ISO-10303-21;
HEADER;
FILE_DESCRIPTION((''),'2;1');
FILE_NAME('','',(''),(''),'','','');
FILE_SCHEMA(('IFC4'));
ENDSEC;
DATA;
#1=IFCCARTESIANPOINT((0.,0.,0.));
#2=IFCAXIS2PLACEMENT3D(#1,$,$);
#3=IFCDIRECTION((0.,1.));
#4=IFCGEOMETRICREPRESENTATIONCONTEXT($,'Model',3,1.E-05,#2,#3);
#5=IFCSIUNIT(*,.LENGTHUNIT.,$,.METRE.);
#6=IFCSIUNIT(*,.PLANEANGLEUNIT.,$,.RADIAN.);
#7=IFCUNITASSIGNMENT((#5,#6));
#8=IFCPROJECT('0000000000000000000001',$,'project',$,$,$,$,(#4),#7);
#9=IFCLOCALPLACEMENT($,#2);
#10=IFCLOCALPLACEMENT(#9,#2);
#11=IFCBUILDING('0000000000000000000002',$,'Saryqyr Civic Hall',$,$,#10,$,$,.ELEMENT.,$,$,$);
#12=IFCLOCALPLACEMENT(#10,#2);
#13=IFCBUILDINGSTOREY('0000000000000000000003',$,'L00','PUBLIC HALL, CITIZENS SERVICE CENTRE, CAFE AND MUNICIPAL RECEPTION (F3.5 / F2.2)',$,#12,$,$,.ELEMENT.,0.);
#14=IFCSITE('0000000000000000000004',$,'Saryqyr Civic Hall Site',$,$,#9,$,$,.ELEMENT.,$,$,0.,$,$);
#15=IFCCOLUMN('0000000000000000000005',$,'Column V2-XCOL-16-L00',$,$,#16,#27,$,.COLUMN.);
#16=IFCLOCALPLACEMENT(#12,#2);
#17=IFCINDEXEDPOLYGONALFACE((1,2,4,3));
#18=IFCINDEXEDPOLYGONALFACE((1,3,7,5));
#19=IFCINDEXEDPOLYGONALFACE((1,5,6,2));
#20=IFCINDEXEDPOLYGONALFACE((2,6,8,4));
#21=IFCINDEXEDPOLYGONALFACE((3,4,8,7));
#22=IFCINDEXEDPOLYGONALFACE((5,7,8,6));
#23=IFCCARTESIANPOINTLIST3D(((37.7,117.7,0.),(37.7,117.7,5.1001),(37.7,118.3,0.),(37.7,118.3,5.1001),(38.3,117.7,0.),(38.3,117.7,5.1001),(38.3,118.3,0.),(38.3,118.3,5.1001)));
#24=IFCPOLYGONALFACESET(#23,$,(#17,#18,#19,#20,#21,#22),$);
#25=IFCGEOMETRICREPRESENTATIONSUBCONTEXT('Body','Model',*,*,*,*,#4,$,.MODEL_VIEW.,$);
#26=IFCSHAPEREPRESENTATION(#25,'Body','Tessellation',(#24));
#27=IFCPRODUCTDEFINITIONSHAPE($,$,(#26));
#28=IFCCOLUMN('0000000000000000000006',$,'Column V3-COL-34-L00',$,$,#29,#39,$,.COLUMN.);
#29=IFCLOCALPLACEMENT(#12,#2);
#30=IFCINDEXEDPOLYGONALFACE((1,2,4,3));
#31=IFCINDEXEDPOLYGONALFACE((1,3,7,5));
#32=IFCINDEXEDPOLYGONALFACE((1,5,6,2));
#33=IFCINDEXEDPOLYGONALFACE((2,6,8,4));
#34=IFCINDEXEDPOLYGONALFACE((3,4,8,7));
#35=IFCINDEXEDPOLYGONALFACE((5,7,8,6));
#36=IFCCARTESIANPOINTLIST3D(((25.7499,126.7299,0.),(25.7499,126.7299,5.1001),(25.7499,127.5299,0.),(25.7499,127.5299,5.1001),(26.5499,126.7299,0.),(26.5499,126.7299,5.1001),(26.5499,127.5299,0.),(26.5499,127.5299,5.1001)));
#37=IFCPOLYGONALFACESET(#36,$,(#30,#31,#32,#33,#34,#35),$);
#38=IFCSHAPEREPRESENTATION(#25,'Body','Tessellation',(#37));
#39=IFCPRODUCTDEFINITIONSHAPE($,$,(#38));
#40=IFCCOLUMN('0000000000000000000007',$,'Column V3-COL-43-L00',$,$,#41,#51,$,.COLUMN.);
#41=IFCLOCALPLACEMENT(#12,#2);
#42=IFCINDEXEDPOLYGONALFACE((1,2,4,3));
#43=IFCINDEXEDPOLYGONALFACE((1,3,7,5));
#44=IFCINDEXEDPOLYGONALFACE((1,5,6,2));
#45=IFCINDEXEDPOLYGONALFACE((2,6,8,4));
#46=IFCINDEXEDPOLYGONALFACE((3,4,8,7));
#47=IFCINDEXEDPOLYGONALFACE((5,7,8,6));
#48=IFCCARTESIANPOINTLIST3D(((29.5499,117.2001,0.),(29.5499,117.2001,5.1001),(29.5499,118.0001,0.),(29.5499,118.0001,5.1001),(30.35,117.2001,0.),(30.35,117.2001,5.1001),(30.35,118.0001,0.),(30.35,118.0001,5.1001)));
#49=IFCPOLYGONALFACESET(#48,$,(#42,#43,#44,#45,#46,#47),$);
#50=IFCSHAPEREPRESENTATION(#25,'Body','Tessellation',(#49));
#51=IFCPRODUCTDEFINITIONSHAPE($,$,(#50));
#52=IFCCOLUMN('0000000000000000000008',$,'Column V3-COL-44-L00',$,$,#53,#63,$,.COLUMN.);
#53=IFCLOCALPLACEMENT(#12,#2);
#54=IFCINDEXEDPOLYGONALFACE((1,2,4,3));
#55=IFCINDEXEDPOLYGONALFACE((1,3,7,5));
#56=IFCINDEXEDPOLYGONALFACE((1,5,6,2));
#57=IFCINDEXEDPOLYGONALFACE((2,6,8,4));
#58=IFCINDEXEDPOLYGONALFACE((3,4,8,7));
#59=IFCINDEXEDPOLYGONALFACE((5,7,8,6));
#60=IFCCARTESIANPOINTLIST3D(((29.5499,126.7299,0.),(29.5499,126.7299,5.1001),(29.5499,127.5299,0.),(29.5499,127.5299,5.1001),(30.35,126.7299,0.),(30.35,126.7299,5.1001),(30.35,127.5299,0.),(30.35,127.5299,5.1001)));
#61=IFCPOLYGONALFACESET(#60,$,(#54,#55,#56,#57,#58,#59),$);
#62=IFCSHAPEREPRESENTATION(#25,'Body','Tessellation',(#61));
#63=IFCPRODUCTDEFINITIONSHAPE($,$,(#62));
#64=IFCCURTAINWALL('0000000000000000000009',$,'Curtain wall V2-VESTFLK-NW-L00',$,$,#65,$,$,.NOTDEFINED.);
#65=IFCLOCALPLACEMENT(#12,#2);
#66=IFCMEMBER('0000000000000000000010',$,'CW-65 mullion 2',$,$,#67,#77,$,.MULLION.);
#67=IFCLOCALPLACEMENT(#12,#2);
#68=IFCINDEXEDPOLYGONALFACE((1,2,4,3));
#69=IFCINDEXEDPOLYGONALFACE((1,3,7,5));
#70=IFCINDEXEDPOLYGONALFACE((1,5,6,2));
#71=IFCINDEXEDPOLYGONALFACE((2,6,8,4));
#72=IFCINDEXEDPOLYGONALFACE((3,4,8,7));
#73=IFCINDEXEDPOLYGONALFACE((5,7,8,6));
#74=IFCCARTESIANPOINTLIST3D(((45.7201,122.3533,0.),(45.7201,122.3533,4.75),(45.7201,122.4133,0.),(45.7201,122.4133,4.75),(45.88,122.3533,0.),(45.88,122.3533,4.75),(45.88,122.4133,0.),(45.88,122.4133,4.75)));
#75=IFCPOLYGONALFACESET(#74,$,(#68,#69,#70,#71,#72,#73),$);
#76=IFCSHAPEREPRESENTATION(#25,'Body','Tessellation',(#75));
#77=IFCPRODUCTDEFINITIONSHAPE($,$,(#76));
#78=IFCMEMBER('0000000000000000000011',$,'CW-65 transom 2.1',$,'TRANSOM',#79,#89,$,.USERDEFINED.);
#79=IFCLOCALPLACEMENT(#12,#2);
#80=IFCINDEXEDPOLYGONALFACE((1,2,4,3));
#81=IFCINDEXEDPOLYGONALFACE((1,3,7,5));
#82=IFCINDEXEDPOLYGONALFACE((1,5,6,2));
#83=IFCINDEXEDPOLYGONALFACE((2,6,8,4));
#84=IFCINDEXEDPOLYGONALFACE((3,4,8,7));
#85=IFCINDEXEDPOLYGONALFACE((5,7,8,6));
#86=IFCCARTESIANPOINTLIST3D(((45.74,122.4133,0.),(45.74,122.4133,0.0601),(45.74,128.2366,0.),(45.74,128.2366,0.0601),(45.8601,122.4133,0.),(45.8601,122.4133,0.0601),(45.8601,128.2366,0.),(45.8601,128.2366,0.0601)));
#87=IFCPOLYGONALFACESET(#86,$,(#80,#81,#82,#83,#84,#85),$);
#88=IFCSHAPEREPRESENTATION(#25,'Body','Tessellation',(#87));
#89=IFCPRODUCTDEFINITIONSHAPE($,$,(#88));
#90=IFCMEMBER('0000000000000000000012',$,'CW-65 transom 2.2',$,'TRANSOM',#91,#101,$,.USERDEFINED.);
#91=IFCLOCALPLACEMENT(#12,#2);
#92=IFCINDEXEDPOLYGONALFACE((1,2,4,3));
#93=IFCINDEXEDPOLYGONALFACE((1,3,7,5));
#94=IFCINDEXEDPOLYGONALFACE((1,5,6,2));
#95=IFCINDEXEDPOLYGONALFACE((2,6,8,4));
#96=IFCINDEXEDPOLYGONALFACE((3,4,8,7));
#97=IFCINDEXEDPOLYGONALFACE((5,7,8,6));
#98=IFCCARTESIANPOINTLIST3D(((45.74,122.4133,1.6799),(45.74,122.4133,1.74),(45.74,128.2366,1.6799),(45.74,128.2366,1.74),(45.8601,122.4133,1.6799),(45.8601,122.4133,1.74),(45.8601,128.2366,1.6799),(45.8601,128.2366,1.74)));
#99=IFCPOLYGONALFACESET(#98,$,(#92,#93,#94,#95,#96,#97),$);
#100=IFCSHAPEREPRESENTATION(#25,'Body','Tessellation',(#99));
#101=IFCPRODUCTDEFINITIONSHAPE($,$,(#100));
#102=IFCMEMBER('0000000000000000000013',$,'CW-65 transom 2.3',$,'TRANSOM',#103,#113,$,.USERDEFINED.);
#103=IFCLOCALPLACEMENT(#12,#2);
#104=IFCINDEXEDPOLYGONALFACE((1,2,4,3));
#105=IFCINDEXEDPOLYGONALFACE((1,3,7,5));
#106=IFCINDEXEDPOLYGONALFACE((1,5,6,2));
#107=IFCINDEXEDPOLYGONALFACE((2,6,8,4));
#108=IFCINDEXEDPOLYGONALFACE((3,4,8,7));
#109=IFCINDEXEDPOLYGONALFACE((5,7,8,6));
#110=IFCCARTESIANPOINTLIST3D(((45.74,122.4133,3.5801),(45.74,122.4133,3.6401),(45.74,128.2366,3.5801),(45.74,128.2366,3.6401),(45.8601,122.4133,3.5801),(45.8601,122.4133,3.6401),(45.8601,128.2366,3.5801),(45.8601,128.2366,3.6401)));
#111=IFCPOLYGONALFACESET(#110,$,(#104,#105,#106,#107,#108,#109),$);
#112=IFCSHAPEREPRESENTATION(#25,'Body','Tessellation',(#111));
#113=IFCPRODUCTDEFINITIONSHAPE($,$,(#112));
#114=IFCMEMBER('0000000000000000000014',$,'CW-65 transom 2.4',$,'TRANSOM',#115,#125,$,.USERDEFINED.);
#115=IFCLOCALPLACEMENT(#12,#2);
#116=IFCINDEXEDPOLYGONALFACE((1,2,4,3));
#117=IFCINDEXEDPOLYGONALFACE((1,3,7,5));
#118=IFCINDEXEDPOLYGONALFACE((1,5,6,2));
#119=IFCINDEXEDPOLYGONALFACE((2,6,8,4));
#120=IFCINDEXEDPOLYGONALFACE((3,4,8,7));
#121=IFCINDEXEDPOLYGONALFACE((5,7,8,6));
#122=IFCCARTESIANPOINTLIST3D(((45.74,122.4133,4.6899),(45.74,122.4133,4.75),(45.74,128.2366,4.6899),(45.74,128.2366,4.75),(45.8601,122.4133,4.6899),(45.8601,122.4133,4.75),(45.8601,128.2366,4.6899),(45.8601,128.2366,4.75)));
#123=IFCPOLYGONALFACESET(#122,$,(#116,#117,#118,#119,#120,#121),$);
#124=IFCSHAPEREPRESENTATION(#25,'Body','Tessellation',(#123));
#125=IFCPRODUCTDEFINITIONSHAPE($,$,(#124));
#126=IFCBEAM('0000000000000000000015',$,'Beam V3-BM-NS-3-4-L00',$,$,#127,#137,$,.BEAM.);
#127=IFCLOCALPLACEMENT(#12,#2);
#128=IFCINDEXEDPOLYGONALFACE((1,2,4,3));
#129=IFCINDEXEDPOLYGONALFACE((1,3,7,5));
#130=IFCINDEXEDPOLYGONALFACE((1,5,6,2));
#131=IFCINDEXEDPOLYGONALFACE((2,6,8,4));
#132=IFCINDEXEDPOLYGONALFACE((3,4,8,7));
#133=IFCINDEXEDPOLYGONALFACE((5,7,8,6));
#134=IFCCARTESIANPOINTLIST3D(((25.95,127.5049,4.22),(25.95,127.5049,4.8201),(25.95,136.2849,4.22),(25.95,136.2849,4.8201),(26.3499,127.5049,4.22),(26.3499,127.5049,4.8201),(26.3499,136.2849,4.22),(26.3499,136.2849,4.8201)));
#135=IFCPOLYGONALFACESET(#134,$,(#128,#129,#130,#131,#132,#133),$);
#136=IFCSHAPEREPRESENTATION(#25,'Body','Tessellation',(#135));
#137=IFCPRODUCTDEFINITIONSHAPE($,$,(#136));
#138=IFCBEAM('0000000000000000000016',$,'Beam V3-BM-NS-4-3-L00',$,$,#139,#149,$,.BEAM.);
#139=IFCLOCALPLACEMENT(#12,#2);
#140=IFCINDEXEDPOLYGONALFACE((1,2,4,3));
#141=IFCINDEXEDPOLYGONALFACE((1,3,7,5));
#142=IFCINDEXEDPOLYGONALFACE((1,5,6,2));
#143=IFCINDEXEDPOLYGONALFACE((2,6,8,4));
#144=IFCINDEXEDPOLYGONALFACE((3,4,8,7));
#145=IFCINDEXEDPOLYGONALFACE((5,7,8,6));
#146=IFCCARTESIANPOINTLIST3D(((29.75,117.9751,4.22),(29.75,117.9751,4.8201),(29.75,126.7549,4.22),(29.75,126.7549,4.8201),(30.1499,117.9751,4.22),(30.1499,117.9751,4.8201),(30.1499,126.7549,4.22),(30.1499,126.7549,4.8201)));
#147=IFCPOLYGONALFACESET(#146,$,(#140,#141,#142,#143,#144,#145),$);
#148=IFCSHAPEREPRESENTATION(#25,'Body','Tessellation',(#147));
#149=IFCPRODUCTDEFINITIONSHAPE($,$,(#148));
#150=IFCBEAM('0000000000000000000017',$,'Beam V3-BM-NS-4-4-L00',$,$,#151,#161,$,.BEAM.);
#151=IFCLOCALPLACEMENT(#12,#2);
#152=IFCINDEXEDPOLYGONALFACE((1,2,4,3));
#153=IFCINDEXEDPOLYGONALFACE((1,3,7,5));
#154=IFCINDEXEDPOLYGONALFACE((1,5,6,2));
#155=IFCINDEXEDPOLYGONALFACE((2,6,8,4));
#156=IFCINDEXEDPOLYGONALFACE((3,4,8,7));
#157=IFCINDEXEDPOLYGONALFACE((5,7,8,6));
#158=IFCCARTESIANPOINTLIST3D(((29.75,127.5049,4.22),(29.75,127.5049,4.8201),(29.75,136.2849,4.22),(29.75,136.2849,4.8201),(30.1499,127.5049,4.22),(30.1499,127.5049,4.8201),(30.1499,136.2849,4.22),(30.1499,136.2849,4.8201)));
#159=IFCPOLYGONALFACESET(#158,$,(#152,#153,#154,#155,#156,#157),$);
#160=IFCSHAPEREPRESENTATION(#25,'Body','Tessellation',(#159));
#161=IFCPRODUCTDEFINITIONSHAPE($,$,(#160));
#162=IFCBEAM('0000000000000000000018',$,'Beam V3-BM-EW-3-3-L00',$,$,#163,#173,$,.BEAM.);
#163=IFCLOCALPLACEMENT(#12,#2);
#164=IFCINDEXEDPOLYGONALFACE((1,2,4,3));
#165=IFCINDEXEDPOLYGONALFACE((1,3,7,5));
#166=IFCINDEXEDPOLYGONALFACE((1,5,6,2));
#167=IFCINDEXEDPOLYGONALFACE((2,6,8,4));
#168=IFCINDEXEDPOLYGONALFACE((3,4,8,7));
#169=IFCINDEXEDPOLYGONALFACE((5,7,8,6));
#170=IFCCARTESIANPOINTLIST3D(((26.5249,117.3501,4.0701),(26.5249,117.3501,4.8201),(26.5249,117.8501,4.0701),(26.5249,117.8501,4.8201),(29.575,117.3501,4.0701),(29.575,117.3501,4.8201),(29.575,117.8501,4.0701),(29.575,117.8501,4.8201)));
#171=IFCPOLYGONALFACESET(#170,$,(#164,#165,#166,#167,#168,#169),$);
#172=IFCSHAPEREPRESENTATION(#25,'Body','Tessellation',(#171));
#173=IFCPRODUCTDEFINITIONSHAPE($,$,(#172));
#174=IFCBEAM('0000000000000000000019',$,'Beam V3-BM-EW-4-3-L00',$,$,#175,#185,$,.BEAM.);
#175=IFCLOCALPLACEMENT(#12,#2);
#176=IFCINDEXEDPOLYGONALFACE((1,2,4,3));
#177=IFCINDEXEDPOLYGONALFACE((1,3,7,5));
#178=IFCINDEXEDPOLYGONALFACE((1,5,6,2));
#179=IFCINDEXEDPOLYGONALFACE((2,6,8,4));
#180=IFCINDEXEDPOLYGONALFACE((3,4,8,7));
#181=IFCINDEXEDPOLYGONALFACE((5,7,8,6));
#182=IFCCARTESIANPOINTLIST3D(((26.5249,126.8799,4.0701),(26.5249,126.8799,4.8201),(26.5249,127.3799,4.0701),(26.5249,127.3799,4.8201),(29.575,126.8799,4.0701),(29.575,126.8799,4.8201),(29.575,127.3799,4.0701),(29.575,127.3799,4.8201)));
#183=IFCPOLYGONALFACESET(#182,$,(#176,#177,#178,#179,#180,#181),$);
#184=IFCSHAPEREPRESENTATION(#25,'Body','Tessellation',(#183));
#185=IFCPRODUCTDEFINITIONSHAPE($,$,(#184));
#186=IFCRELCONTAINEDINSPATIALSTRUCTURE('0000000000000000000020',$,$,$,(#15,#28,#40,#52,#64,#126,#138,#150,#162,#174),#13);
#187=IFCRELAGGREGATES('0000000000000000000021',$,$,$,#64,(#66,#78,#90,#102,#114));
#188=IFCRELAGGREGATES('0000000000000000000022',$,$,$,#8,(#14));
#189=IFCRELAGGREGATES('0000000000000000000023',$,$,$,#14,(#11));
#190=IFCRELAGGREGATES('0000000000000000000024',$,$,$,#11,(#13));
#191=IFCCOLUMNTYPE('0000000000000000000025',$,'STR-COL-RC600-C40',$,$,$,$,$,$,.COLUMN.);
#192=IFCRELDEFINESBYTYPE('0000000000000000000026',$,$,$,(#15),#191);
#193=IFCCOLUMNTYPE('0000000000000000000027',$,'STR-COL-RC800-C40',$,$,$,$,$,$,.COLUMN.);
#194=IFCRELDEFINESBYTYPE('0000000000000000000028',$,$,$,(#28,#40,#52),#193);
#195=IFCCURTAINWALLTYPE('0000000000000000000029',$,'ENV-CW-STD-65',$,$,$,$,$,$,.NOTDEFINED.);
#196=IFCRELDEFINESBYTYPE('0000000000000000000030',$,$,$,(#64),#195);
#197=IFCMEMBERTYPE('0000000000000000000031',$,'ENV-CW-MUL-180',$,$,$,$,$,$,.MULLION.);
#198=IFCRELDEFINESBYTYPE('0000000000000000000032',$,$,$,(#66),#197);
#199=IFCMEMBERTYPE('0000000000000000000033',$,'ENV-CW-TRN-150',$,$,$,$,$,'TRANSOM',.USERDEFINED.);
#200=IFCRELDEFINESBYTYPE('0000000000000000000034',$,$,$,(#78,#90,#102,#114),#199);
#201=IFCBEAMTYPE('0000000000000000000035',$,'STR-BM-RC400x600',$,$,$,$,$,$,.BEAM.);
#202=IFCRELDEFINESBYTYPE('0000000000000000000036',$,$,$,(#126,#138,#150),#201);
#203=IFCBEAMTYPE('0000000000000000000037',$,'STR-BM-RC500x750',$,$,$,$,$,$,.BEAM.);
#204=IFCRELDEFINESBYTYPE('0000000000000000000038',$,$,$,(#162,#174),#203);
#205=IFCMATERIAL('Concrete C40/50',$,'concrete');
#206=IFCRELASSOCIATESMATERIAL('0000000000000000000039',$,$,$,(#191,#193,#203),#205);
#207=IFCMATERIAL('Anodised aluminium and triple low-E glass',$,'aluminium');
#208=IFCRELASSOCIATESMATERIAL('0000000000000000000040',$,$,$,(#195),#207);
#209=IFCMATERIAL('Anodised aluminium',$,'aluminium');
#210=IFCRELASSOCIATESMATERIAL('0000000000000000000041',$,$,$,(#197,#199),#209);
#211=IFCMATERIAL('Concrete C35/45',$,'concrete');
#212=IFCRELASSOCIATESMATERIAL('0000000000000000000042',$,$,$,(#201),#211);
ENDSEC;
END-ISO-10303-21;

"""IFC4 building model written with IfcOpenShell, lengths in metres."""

from ifc_helpers import new_model, si_unit, direction, frame, origin, origin_2d, place, context, subcontext, project, spatial, rectangle, extrude, material, material_profile, profile_set, type_object, element, aggregate, save


model = new_model("IFC4")

# Units and contexts
model_context = context("Model", 3, precision=1e-05, world=origin(), true_north=direction((0.0, 1.0)))
body_context = subcontext(model_context, "Body", "Model", "MODEL_VIEW")
ifc_project = project(units=[si_unit("LENGTHUNIT", "METRE"), si_unit("PLANEANGLEUNIT", "RADIAN")], contexts=[model_context])

# Site, building, storey
site_placement = place(None, origin())
site = spatial("IfcSite", under=ifc_project, at=site_placement, Name="Saryqyr Civic Hall Site", CompositionType="ELEMENT", RefElevation=0.0)
building_placement = place(site_placement, origin())
building = spatial("IfcBuilding", under=site, at=building_placement, Name="Saryqyr Civic Hall", CompositionType="ELEMENT")
storey_placement = place(building_placement, origin())
storey = spatial("IfcBuildingStorey", under=building, at=storey_placement, Name="L00", Description="PUBLIC HALL, CITIZENS SERVICE CENTRE, CAFE AND MUNICIPAL RECEPTION (F3.5 / F2.2)", CompositionType="ELEMENT", Elevation=0.0)

# Columns
ifc_material_1 = material(Name="Concrete C40/50", Category="concrete")
ifc_material_profile_1 = material_profile(ifc_material_1, rectangle(XDim=0.6001, YDim=0.6001, at=origin_2d()), Name="RC 600x600")
ifc_profile_set_1 = profile_set([ifc_material_profile_1], Name="Concrete C40/50")
column_type_1 = type_object("IfcColumnType", Name="STR-COL-RC600-C40", PredefinedType="COLUMN", material=ifc_profile_set_1)
column_placement = place(storey_placement, frame((38.0, 118.0, 0.0), z_axis=(0.0, 0.0, 1.0), x_axis=(1.0, 0.0, 0.0)))
element("IfcColumn", 1, at=column_placement, inside=storey, type_object=column_type_1, Name="Column V2-XCOL-16-L00", PredefinedType="COLUMN", context=body_context, shape_type="SweptSolid", body=[
    extrude(rectangle(XDim=0.6001, YDim=0.6001, at=origin_2d()), origin(), (0.0, 0.0, 1.0), 5.1001),
])
ifc_material_profile_2 = material_profile(ifc_material_1, rectangle(XDim=0.8, YDim=0.8, at=origin_2d()), Name="RC 800x800")
ifc_profile_set_2 = profile_set([ifc_material_profile_2], Name="Concrete C40/50")
column_type_2 = type_object("IfcColumnType", Name="STR-COL-RC800-C40", PredefinedType="COLUMN", material=ifc_profile_set_2)
for number, where, z_axis, x_axis, name in (
    (2, (26.1499, 127.1299, 0.0), (0.0, 0.0, 1.0), (1.0, 0.0, 0.0), "Column V3-COL-34-L00"),
    (3, (29.95, 117.6001, 0.0), (0.0, 0.0, 1.0), (1.0, 0.0, 0.0), "Column V3-COL-43-L00"),
    (4, (29.95, 127.1299, 0.0), (0.0, 0.0, 1.0), (1.0, 0.0, 0.0), "Column V3-COL-44-L00"),
):
    element("IfcColumn", number, at=place(storey_placement, frame(where, z_axis=z_axis, x_axis=x_axis)), inside=storey, type_object=column_type_2, Name=name, PredefinedType="COLUMN", context=body_context, shape_type="SweptSolid", body=[
        extrude(rectangle(XDim=0.8, YDim=0.8, at=origin_2d()), origin(), (0.0, 0.0, 1.0), 5.1001),
    ])

# Curtain wall, members
ifc_material_2 = material(Name="Anodised aluminium and triple low-E glass", Category="aluminium")
curtain_wall_type = type_object("IfcCurtainWallType", Name="ENV-CW-STD-65", PredefinedType="NOTDEFINED", material=ifc_material_2)
curtain_wall_placement = place(storey_placement, origin())
curtain_wall = element("IfcCurtainWall", 5, at=curtain_wall_placement, inside=storey, type_object=curtain_wall_type, Name="Curtain wall V2-VESTFLK-NW-L00", PredefinedType="NOTDEFINED")
ifc_material_3 = material(Name="Anodised aluminium", Category="aluminium")
ifc_material_profile_3 = material_profile(ifc_material_3, rectangle(XDim=0.0601, YDim=0.1599, at=origin_2d()), Name="ALU MULLION 60x160")
ifc_profile_set_3 = profile_set([ifc_material_profile_3], Name="Anodised aluminium")
member_type_1 = type_object("IfcMemberType", Name="ENV-CW-MUL-180", PredefinedType="MULLION", material=ifc_profile_set_3)
member_1_placement = place(storey_placement, frame((45.8, 122.3833, 0.0), z_axis=(0.0, 0.0, 1.0), x_axis=(0.0, 1.0, 0.0)))
member_1 = element("IfcMember", 6, at=member_1_placement, type_object=member_type_1, Name="CW-65 mullion 2", PredefinedType="MULLION", context=body_context, shape_type="SweptSolid", body=[
    extrude(rectangle(XDim=0.0601, YDim=0.1599, at=origin_2d()), origin(), (0.0, 0.0, 1.0), 4.75),
])
ifc_material_profile_4 = material_profile(ifc_material_3, rectangle(XDim=0.1201, YDim=0.0601, at=origin_2d()), Name="ALU TRANSOM 120x60")
ifc_profile_set_4 = profile_set([ifc_material_profile_4], Name="Anodised aluminium")
member_type_2 = type_object("IfcMemberType", Name="ENV-CW-TRN-150", ElementType="TRANSOM", PredefinedType="USERDEFINED", material=ifc_profile_set_4)
member_2_placement = place(storey_placement, frame((45.8, 122.4133, 0.03), z_axis=(0.0, 1.0, 0.0), x_axis=(-1.0, 0.0, 0.0)))
member_2 = element("IfcMember", 7, at=member_2_placement, type_object=member_type_2, Name="CW-65 transom 2.1", ObjectType="TRANSOM", PredefinedType="USERDEFINED", context=body_context, shape_type="SweptSolid", body=[
    extrude(rectangle(XDim=0.1201, YDim=0.0601, at=origin_2d()), origin(), (0.0, 0.0, 1.0), 5.8232),
])
member_3_placement = place(storey_placement, frame((45.8, 122.4133, 1.71), z_axis=(0.0, 1.0, 0.0), x_axis=(-1.0, 0.0, 0.0)))
member_3 = element("IfcMember", 8, at=member_3_placement, type_object=member_type_2, Name="CW-65 transom 2.2", ObjectType="TRANSOM", PredefinedType="USERDEFINED", context=body_context, shape_type="SweptSolid", body=[
    extrude(rectangle(XDim=0.1201, YDim=0.0601, at=origin_2d()), origin(), (0.0, 0.0, 1.0), 5.8232),
])
member_4_placement = place(storey_placement, frame((45.8, 122.4133, 3.6101), z_axis=(0.0, 1.0, 0.0), x_axis=(-1.0, 0.0, 0.0)))
member_4 = element("IfcMember", 9, at=member_4_placement, type_object=member_type_2, Name="CW-65 transom 2.3", ObjectType="TRANSOM", PredefinedType="USERDEFINED", context=body_context, shape_type="SweptSolid", body=[
    extrude(rectangle(XDim=0.1201, YDim=0.0601, at=origin_2d()), origin(), (0.0, 0.0, 1.0), 5.8232),
])
member_5_placement = place(storey_placement, frame((45.8, 122.4133, 4.72), z_axis=(0.0, 1.0, 0.0), x_axis=(-1.0, 0.0, 0.0)))
member_5 = element("IfcMember", 10, at=member_5_placement, type_object=member_type_2, Name="CW-65 transom 2.4", ObjectType="TRANSOM", PredefinedType="USERDEFINED", context=body_context, shape_type="SweptSolid", body=[
    extrude(rectangle(XDim=0.1201, YDim=0.0601, at=origin_2d()), origin(), (0.0, 0.0, 1.0), 5.8232),
])

# Beams
ifc_material_4 = material(Name="Concrete C35/45", Category="concrete")
ifc_material_profile_5 = material_profile(ifc_material_4, rectangle(XDim=0.3999, YDim=0.6001, at=origin_2d()), Name="RC 400x600")
ifc_profile_set_5 = profile_set([ifc_material_profile_5], Name="Concrete C35/45")
beam_type_1 = type_object("IfcBeamType", Name="STR-BM-RC400x600", PredefinedType="BEAM", material=ifc_profile_set_5)
beam_1_placement = place(storey_placement, frame((26.1499, 127.5049, 4.52), z_axis=(0.0, 1.0, 0.0), x_axis=(-1.0, 0.0, 0.0)))
element("IfcBeam", 11, at=beam_1_placement, inside=storey, type_object=beam_type_1, Name="Beam V3-BM-NS-3-4-L00", PredefinedType="BEAM", context=body_context, shape_type="SweptSolid", body=[
    extrude(rectangle(XDim=0.3999, YDim=0.6001, at=origin_2d()), origin(), (0.0, 0.0, 1.0), 8.78),
])
beam_2_placement = place(storey_placement, frame((29.95, 117.9751, 4.52), z_axis=(0.0, 1.0, 0.0), x_axis=(-1.0, 0.0, 0.0)))
element("IfcBeam", 12, at=beam_2_placement, inside=storey, type_object=beam_type_1, Name="Beam V3-BM-NS-4-3-L00", PredefinedType="BEAM", context=body_context, shape_type="SweptSolid", body=[
    extrude(rectangle(XDim=0.3999, YDim=0.6001, at=origin_2d()), origin(), (0.0, 0.0, 1.0), 8.7798),
])
beam_3_placement = place(storey_placement, frame((29.95, 127.5049, 4.52), z_axis=(0.0, 1.0, 0.0), x_axis=(-1.0, 0.0, 0.0)))
element("IfcBeam", 13, at=beam_3_placement, inside=storey, type_object=beam_type_1, Name="Beam V3-BM-NS-4-4-L00", PredefinedType="BEAM", context=body_context, shape_type="SweptSolid", body=[
    extrude(rectangle(XDim=0.3999, YDim=0.6001, at=origin_2d()), origin(), (0.0, 0.0, 1.0), 8.78),
])
ifc_material_profile_6 = material_profile(ifc_material_1, rectangle(XDim=0.5, YDim=0.75, at=origin_2d()), Name="RC 500x750")
ifc_profile_set_6 = profile_set([ifc_material_profile_6], Name="Concrete C40/50")
beam_type_2 = type_object("IfcBeamType", Name="STR-BM-RC500x750", PredefinedType="BEAM", material=ifc_profile_set_6)
for number, where, z_axis, x_axis, name in (
    (14, (26.5249, 117.6001, 4.4451), (1.0, 0.0, 0.0), (0.0, 1.0, 0.0), "Beam V3-BM-EW-3-3-L00"),
    (15, (26.5249, 127.1299, 4.4451), (1.0, 0.0, 0.0), (0.0, 1.0, 0.0), "Beam V3-BM-EW-4-3-L00"),
):
    element("IfcBeam", number, at=place(storey_placement, frame(where, z_axis=z_axis, x_axis=x_axis)), inside=storey, type_object=beam_type_2, Name=name, PredefinedType="BEAM", context=body_context, shape_type="SweptSolid", body=[
        extrude(rectangle(XDim=0.5, YDim=0.75, at=origin_2d()), origin(), (0.0, 0.0, 1.0), 3.05),
    ])

aggregate(curtain_wall, [member_1, member_2, member_3, member_4, member_5])

save(model, "model.ifc")
